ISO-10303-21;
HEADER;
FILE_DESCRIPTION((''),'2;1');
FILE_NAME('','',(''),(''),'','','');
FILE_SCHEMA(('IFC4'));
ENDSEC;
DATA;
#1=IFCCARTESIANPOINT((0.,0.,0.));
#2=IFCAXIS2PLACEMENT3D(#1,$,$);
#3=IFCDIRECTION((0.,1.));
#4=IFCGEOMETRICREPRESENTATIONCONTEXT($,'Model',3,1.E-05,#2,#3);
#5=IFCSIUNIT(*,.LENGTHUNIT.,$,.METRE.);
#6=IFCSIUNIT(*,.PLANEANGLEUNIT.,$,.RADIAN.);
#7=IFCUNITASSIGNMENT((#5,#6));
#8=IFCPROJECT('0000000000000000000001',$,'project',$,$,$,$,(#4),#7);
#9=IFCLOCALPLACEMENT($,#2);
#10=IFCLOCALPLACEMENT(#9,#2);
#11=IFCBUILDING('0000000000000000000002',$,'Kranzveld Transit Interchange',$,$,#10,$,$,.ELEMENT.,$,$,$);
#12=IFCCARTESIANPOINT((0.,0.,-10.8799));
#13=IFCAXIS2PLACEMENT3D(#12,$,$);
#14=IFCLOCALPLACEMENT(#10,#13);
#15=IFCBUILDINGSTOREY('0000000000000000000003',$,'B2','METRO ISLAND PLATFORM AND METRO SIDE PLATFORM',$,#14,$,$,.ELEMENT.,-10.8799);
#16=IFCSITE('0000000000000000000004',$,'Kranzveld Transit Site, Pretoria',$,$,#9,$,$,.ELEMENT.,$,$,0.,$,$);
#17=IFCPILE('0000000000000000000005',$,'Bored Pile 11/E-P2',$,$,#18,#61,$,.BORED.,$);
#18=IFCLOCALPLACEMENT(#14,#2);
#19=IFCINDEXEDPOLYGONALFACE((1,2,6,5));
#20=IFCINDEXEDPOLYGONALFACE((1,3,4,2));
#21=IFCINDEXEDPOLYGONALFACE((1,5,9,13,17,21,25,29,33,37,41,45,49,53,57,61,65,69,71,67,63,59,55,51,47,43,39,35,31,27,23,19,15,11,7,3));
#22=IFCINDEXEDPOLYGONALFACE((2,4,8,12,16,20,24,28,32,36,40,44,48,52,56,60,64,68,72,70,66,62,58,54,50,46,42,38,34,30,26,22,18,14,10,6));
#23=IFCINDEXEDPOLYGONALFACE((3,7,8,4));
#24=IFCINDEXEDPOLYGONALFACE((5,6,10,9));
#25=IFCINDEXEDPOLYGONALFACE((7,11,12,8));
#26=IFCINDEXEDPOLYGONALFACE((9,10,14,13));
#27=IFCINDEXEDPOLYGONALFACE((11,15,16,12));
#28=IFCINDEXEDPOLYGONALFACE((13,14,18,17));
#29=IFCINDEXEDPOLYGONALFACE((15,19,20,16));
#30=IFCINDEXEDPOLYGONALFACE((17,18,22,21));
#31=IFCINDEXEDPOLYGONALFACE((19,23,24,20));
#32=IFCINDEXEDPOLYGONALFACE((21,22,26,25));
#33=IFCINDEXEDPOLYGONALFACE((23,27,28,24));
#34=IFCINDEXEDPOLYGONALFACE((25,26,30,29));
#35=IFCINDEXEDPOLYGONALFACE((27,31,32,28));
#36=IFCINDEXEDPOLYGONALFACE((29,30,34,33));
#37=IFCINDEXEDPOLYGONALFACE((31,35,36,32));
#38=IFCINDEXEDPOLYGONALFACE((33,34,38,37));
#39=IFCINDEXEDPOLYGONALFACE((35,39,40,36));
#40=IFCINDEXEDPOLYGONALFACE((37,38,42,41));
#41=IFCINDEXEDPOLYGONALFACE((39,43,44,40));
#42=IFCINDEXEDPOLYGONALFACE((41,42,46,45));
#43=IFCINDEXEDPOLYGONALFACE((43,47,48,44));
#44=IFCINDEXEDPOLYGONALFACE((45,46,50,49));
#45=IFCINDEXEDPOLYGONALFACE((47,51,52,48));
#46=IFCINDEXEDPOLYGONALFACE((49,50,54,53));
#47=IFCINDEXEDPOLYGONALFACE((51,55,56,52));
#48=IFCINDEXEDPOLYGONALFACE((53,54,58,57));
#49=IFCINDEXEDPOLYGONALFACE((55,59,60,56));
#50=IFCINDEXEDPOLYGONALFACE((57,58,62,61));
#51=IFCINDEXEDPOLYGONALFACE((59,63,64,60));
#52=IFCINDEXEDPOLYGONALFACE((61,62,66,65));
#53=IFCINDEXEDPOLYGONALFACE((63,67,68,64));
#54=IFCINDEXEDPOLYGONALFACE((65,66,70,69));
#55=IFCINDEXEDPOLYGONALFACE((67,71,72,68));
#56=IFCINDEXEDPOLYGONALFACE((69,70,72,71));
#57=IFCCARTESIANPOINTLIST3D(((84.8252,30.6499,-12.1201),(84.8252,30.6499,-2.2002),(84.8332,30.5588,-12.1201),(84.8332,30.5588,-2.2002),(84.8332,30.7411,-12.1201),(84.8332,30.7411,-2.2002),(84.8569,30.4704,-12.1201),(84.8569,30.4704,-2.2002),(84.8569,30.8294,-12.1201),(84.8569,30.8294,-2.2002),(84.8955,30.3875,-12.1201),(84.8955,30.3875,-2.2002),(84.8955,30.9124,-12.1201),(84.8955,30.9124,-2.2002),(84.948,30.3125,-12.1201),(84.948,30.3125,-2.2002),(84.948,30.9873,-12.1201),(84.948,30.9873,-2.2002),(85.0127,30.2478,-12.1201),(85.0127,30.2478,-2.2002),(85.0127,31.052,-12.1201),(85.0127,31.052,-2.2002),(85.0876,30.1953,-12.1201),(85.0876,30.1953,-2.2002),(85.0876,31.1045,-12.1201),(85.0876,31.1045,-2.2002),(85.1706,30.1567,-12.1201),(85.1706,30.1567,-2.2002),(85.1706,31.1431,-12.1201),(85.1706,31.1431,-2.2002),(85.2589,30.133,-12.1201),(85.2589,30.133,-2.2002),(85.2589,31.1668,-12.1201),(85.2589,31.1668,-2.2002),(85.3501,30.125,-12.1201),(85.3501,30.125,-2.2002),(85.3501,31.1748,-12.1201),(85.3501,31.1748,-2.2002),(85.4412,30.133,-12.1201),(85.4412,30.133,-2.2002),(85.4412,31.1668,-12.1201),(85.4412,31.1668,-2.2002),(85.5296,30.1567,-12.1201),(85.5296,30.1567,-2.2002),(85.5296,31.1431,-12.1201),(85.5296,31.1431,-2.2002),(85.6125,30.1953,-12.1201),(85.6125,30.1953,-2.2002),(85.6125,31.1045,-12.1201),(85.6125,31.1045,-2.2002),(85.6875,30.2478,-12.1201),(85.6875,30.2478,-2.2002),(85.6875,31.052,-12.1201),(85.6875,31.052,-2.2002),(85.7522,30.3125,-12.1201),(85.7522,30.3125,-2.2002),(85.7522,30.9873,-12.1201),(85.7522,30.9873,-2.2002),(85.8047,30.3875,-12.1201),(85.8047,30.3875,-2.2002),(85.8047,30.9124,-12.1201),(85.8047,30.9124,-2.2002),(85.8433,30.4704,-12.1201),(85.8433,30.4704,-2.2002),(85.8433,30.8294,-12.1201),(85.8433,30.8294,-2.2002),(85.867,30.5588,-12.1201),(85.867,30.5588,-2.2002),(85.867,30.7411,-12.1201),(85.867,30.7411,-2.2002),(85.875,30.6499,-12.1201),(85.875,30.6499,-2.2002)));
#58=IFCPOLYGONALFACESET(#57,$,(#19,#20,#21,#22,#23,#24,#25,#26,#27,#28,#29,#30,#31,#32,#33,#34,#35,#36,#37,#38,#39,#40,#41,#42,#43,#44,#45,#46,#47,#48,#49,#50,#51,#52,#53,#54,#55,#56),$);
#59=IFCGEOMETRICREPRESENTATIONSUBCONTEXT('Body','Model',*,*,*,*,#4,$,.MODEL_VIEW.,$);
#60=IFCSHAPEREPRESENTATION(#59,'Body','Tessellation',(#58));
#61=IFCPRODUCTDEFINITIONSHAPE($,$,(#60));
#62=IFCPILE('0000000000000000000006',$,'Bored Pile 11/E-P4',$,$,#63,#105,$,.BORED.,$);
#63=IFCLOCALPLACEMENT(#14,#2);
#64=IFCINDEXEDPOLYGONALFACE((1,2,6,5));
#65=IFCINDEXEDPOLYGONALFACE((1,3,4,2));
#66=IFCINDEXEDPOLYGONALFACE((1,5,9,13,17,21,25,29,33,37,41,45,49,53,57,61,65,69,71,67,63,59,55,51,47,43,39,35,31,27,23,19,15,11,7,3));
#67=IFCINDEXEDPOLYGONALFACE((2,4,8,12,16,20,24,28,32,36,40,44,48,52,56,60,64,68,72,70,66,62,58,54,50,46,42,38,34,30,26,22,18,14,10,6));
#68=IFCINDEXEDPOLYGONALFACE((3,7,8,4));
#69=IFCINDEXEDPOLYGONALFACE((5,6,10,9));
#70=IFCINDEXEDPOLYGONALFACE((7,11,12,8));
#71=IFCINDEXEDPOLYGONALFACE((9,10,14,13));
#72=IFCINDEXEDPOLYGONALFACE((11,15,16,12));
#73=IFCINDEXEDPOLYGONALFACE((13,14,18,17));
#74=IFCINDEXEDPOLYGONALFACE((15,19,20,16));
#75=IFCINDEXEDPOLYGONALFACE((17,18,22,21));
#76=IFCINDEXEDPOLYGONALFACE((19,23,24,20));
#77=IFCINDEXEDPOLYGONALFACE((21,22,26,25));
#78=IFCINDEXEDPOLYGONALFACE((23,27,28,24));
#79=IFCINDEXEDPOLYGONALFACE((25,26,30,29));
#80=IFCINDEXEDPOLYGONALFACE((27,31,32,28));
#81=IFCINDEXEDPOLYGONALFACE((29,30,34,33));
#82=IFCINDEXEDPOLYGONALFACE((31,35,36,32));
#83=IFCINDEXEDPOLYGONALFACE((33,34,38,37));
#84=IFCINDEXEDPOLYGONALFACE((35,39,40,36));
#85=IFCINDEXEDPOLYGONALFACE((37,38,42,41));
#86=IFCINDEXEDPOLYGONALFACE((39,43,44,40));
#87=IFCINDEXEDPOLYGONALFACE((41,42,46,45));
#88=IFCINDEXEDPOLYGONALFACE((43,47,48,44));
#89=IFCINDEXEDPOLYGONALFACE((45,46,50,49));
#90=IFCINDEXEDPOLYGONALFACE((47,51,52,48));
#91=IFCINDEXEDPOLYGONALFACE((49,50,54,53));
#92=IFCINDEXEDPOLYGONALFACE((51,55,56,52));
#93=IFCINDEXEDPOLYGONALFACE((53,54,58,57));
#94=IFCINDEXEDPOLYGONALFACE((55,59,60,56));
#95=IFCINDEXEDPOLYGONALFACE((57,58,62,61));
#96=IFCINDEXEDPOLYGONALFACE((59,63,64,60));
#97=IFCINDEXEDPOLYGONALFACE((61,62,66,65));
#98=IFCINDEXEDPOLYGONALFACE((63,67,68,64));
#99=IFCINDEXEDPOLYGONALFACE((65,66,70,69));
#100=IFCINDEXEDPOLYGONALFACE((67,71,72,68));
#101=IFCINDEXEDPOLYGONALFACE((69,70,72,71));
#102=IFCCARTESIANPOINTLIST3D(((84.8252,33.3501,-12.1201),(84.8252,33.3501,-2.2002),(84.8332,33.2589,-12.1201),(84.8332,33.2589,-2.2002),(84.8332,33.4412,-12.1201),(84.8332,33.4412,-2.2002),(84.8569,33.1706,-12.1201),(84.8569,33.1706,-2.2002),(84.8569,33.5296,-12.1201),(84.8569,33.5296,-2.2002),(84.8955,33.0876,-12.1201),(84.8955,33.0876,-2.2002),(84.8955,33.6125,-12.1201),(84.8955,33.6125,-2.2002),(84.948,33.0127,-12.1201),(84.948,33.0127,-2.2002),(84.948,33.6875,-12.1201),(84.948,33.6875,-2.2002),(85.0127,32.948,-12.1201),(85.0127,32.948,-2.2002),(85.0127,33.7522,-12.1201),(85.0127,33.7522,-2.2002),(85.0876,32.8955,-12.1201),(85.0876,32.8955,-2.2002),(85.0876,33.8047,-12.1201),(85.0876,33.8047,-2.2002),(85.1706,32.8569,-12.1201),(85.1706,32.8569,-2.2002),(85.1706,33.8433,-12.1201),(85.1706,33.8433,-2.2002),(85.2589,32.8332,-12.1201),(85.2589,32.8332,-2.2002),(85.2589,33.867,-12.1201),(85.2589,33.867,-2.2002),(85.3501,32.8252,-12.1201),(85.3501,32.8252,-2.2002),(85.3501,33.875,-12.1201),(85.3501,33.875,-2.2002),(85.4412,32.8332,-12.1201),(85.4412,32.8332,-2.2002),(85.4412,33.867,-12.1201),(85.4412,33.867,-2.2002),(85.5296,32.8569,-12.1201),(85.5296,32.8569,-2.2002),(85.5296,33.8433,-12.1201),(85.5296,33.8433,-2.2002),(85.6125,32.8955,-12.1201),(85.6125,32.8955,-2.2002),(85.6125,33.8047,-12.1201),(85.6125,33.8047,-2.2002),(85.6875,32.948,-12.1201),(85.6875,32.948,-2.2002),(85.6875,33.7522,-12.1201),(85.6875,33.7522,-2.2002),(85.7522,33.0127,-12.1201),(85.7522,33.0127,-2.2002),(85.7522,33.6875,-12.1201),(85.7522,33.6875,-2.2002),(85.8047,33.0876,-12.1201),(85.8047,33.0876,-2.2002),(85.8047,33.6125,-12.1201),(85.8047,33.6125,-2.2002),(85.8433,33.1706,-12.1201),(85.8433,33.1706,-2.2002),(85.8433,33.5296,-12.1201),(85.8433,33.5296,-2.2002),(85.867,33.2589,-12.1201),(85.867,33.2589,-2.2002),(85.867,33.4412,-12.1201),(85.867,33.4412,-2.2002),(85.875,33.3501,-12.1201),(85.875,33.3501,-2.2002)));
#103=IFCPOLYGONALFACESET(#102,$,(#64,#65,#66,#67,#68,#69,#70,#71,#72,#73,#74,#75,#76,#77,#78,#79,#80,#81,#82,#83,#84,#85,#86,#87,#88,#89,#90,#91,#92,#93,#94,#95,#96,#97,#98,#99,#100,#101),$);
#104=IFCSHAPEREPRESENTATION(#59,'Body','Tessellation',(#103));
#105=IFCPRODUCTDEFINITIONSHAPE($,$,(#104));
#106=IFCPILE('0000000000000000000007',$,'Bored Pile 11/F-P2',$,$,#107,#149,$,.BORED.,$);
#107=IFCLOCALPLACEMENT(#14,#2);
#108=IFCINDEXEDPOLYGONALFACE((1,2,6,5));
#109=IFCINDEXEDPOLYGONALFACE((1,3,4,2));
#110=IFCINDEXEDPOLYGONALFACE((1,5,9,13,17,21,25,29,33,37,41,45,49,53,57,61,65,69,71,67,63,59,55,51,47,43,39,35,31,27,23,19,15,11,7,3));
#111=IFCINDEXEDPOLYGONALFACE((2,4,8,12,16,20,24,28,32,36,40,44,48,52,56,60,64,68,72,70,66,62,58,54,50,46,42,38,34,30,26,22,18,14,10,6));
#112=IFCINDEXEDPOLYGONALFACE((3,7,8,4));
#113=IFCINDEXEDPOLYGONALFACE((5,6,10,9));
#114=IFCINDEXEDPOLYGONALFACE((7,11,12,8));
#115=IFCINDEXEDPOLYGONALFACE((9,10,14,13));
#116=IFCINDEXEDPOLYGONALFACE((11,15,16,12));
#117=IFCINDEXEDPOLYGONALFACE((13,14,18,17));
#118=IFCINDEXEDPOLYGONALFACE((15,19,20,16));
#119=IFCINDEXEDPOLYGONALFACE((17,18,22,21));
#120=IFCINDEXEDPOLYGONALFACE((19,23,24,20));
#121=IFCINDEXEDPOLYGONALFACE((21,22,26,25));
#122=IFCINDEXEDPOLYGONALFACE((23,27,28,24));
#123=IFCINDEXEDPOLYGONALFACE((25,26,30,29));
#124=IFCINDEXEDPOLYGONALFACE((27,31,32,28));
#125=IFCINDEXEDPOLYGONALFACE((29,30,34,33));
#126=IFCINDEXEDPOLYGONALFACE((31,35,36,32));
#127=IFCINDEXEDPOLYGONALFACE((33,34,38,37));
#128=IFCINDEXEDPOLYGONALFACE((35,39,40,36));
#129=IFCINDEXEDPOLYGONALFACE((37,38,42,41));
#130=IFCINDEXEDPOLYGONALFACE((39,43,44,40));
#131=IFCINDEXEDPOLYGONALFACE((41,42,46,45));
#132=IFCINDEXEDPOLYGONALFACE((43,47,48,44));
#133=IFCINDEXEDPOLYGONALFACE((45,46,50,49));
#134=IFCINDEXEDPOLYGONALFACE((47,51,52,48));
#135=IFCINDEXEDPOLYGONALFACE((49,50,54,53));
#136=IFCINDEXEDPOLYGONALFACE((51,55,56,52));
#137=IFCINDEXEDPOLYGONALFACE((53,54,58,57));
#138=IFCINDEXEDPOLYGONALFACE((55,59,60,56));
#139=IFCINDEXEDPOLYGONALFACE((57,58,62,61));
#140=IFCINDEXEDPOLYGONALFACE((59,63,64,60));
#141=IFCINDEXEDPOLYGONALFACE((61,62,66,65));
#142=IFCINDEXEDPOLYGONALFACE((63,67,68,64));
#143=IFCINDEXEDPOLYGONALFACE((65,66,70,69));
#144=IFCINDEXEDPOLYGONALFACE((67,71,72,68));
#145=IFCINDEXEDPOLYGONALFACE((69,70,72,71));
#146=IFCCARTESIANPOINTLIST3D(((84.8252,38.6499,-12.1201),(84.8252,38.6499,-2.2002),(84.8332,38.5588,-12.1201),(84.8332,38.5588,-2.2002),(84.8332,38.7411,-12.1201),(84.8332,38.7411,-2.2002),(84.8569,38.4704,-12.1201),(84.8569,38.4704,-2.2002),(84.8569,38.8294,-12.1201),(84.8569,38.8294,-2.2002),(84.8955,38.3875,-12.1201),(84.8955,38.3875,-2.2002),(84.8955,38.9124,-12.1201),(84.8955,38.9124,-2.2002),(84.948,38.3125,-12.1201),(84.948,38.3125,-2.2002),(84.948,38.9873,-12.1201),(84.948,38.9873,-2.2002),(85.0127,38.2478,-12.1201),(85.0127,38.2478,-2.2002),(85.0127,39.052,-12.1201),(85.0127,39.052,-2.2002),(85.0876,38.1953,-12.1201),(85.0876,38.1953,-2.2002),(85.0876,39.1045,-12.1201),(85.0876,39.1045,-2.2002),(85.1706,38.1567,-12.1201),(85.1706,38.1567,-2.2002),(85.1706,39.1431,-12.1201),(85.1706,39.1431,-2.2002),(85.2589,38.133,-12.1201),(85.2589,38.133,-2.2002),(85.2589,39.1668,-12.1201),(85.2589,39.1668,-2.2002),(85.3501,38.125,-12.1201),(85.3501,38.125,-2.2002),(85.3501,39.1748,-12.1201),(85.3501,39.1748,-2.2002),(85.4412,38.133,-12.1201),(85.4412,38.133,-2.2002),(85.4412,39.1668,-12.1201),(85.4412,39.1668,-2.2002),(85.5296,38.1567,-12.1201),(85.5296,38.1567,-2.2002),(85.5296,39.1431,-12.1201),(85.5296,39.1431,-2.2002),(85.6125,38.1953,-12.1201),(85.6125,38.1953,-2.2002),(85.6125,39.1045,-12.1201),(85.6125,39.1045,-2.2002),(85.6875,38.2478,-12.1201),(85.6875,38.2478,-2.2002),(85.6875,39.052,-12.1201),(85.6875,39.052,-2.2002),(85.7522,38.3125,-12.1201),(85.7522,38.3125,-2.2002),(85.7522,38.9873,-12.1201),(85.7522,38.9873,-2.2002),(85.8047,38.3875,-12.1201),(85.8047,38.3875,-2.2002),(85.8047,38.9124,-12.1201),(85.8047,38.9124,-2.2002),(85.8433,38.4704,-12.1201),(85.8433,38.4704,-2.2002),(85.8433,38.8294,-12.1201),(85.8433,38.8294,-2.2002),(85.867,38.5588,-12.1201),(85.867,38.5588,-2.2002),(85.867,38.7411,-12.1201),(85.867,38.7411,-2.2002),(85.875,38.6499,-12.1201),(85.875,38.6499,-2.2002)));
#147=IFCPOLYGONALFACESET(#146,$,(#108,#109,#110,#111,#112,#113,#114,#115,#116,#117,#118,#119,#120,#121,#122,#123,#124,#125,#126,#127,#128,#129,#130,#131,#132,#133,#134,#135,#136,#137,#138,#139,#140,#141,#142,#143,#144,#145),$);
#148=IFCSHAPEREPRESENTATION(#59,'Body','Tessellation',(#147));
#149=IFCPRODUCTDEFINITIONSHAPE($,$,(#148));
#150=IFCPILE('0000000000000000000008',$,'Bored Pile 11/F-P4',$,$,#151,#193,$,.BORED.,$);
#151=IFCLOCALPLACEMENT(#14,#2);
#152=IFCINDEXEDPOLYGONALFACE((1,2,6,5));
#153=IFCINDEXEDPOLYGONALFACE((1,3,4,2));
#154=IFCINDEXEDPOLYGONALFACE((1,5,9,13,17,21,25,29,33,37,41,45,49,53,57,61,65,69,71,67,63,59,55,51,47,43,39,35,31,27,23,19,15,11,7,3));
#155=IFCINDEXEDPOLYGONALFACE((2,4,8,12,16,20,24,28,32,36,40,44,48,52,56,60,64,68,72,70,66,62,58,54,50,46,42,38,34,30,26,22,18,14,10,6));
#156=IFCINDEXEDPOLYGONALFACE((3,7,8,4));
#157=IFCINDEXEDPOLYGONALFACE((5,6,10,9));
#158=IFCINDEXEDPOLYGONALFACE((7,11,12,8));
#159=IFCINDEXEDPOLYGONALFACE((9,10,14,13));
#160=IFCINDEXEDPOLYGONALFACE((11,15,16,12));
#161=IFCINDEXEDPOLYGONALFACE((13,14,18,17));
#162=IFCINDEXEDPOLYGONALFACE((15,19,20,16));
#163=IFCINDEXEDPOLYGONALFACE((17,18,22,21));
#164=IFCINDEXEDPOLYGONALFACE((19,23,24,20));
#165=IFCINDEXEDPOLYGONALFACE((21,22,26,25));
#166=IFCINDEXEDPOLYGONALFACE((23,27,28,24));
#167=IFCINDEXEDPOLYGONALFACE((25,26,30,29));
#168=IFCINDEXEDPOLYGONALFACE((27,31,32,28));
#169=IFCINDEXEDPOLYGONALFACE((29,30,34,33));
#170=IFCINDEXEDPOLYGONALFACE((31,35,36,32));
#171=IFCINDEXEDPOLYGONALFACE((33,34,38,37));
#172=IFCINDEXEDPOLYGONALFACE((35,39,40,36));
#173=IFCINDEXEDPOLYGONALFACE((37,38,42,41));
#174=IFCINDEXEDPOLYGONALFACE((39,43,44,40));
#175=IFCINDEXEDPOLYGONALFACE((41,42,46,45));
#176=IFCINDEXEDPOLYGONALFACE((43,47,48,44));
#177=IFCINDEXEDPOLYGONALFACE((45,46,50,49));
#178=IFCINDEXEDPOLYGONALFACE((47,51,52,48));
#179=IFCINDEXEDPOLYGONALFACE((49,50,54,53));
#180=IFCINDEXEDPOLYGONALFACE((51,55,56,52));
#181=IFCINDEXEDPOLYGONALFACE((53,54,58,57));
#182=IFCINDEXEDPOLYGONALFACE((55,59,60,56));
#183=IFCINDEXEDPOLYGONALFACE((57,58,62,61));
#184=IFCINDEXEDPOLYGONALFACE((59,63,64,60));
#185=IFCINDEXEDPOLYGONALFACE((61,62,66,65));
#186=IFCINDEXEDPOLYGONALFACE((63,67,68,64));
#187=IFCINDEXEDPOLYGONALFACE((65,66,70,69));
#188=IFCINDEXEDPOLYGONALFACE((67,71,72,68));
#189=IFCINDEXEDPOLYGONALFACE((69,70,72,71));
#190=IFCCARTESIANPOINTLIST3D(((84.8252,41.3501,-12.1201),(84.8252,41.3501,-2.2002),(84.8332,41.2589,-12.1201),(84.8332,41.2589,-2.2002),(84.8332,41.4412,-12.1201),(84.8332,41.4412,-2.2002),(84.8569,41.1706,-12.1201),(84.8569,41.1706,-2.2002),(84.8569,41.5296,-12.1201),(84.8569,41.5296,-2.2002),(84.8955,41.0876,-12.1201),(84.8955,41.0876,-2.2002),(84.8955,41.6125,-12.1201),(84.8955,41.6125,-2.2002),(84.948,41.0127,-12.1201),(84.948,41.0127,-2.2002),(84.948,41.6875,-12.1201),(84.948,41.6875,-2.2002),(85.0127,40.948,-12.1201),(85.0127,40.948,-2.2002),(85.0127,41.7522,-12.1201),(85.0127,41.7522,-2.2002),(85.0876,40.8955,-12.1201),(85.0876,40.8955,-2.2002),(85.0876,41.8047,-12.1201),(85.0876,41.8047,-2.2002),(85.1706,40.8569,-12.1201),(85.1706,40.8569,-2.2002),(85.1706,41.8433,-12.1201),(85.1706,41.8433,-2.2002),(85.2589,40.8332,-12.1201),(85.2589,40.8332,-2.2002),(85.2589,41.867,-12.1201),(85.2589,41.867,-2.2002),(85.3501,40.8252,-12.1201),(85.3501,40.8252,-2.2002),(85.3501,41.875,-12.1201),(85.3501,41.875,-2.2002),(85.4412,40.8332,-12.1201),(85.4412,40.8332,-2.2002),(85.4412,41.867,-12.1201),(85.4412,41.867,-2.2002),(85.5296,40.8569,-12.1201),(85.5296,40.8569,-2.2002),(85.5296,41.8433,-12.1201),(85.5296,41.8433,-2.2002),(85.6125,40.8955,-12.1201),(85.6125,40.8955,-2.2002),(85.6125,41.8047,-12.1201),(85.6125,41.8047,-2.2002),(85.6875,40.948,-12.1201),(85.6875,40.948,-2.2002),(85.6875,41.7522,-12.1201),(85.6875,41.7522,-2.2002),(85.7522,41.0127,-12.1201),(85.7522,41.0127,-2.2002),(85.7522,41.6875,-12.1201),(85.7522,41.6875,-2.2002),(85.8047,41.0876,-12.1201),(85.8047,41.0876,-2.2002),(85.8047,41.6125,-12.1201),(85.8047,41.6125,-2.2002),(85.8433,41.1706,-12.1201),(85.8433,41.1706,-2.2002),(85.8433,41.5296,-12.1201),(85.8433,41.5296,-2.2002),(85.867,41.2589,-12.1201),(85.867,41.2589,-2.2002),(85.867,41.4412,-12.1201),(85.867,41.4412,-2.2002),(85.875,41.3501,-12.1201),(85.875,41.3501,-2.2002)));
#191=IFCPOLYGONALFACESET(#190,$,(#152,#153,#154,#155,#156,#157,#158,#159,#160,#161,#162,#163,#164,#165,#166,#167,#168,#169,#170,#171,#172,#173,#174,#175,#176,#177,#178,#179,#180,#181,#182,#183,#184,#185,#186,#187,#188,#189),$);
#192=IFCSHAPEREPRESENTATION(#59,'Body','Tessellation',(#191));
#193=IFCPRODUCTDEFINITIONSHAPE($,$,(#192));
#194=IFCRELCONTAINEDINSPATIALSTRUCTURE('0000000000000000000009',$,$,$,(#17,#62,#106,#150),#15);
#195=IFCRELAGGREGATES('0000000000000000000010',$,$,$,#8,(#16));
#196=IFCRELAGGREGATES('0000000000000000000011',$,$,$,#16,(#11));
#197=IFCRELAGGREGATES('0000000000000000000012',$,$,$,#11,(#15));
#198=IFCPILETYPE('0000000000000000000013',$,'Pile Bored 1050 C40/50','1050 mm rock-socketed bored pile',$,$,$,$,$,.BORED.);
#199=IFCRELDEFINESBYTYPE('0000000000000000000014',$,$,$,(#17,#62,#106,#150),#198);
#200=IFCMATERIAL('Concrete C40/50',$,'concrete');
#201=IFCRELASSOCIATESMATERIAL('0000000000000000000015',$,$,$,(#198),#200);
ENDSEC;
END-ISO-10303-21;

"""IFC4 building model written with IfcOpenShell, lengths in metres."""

from ifc_helpers import new_model, si_unit, direction, frame, origin, origin_2d, place, context, subcontext, project, spatial, circle, extrude, material, material_profile, profile_set, type_object, element, save


model = new_model("IFC4")

# Units and contexts
model_context = context("Model", 3, precision=1e-05, world=origin(), true_north=direction((0.0, 1.0)))
body_context = subcontext(model_context, "Body", "Model", "MODEL_VIEW")
ifc_project = project(units=[si_unit("LENGTHUNIT", "METRE"), si_unit("PLANEANGLEUNIT", "RADIAN")], contexts=[model_context])

# Site, building, storey
site_placement = place(None, origin())
site = spatial("IfcSite", under=ifc_project, at=site_placement, Name="Kranzveld Transit Site, Pretoria", CompositionType="ELEMENT", RefElevation=0.0)
building_placement = place(site_placement, origin())
building = spatial("IfcBuilding", under=site, at=building_placement, Name="Kranzveld Transit Interchange", CompositionType="ELEMENT")
storey_placement = place(building_placement, frame((0.0, 0.0, -10.8799)))
storey = spatial("IfcBuildingStorey", under=building, at=storey_placement, Name="B2", Description="METRO ISLAND PLATFORM AND METRO SIDE PLATFORM", CompositionType="ELEMENT", Elevation=-10.8799)

# Piles
ifc_material_1 = material(Name="Concrete C40/50", Category="concrete")
ifc_material_profile_1 = material_profile(ifc_material_1, circle(Radius=0.5249, at=origin_2d()), Name="BORED PILE 1050")
ifc_profile_set_1 = profile_set([ifc_material_profile_1], Name="Concrete C40/50")
pile_type = type_object("IfcPileType", Name="Pile Bored 1050 C40/50", Description="1050 mm rock-socketed bored pile", PredefinedType="BORED", material=ifc_profile_set_1)
for number, where, z_axis, x_axis, name in (
    (1, (85.3501, 30.6499, -2.2002), (0.0, 0.0, -1.0), (1.0, 0.0, 0.0), "Bored Pile 11/E-P2"),
    (2, (85.3501, 33.3501, -2.2002), (0.0, 0.0, -1.0), (1.0, 0.0, 0.0), "Bored Pile 11/E-P4"),
    (3, (85.3501, 38.6499, -2.2002), (0.0, 0.0, -1.0), (1.0, 0.0, 0.0), "Bored Pile 11/F-P2"),
    (4, (85.3501, 41.3501, -2.2002), (0.0, 0.0, -1.0), (1.0, 0.0, 0.0), "Bored Pile 11/F-P4"),
):
    element("IfcPile", number, at=place(storey_placement, frame(where, z_axis=z_axis, x_axis=x_axis)), inside=storey, type_object=pile_type, Name=name, PredefinedType="BORED", context=body_context, shape_type="SweptSolid", body=[
        extrude(circle(Radius=0.5249, at=origin_2d()), origin(), (0.0, 0.0, 1.0), 9.9199),
    ])

save(model, "model.ifc")
